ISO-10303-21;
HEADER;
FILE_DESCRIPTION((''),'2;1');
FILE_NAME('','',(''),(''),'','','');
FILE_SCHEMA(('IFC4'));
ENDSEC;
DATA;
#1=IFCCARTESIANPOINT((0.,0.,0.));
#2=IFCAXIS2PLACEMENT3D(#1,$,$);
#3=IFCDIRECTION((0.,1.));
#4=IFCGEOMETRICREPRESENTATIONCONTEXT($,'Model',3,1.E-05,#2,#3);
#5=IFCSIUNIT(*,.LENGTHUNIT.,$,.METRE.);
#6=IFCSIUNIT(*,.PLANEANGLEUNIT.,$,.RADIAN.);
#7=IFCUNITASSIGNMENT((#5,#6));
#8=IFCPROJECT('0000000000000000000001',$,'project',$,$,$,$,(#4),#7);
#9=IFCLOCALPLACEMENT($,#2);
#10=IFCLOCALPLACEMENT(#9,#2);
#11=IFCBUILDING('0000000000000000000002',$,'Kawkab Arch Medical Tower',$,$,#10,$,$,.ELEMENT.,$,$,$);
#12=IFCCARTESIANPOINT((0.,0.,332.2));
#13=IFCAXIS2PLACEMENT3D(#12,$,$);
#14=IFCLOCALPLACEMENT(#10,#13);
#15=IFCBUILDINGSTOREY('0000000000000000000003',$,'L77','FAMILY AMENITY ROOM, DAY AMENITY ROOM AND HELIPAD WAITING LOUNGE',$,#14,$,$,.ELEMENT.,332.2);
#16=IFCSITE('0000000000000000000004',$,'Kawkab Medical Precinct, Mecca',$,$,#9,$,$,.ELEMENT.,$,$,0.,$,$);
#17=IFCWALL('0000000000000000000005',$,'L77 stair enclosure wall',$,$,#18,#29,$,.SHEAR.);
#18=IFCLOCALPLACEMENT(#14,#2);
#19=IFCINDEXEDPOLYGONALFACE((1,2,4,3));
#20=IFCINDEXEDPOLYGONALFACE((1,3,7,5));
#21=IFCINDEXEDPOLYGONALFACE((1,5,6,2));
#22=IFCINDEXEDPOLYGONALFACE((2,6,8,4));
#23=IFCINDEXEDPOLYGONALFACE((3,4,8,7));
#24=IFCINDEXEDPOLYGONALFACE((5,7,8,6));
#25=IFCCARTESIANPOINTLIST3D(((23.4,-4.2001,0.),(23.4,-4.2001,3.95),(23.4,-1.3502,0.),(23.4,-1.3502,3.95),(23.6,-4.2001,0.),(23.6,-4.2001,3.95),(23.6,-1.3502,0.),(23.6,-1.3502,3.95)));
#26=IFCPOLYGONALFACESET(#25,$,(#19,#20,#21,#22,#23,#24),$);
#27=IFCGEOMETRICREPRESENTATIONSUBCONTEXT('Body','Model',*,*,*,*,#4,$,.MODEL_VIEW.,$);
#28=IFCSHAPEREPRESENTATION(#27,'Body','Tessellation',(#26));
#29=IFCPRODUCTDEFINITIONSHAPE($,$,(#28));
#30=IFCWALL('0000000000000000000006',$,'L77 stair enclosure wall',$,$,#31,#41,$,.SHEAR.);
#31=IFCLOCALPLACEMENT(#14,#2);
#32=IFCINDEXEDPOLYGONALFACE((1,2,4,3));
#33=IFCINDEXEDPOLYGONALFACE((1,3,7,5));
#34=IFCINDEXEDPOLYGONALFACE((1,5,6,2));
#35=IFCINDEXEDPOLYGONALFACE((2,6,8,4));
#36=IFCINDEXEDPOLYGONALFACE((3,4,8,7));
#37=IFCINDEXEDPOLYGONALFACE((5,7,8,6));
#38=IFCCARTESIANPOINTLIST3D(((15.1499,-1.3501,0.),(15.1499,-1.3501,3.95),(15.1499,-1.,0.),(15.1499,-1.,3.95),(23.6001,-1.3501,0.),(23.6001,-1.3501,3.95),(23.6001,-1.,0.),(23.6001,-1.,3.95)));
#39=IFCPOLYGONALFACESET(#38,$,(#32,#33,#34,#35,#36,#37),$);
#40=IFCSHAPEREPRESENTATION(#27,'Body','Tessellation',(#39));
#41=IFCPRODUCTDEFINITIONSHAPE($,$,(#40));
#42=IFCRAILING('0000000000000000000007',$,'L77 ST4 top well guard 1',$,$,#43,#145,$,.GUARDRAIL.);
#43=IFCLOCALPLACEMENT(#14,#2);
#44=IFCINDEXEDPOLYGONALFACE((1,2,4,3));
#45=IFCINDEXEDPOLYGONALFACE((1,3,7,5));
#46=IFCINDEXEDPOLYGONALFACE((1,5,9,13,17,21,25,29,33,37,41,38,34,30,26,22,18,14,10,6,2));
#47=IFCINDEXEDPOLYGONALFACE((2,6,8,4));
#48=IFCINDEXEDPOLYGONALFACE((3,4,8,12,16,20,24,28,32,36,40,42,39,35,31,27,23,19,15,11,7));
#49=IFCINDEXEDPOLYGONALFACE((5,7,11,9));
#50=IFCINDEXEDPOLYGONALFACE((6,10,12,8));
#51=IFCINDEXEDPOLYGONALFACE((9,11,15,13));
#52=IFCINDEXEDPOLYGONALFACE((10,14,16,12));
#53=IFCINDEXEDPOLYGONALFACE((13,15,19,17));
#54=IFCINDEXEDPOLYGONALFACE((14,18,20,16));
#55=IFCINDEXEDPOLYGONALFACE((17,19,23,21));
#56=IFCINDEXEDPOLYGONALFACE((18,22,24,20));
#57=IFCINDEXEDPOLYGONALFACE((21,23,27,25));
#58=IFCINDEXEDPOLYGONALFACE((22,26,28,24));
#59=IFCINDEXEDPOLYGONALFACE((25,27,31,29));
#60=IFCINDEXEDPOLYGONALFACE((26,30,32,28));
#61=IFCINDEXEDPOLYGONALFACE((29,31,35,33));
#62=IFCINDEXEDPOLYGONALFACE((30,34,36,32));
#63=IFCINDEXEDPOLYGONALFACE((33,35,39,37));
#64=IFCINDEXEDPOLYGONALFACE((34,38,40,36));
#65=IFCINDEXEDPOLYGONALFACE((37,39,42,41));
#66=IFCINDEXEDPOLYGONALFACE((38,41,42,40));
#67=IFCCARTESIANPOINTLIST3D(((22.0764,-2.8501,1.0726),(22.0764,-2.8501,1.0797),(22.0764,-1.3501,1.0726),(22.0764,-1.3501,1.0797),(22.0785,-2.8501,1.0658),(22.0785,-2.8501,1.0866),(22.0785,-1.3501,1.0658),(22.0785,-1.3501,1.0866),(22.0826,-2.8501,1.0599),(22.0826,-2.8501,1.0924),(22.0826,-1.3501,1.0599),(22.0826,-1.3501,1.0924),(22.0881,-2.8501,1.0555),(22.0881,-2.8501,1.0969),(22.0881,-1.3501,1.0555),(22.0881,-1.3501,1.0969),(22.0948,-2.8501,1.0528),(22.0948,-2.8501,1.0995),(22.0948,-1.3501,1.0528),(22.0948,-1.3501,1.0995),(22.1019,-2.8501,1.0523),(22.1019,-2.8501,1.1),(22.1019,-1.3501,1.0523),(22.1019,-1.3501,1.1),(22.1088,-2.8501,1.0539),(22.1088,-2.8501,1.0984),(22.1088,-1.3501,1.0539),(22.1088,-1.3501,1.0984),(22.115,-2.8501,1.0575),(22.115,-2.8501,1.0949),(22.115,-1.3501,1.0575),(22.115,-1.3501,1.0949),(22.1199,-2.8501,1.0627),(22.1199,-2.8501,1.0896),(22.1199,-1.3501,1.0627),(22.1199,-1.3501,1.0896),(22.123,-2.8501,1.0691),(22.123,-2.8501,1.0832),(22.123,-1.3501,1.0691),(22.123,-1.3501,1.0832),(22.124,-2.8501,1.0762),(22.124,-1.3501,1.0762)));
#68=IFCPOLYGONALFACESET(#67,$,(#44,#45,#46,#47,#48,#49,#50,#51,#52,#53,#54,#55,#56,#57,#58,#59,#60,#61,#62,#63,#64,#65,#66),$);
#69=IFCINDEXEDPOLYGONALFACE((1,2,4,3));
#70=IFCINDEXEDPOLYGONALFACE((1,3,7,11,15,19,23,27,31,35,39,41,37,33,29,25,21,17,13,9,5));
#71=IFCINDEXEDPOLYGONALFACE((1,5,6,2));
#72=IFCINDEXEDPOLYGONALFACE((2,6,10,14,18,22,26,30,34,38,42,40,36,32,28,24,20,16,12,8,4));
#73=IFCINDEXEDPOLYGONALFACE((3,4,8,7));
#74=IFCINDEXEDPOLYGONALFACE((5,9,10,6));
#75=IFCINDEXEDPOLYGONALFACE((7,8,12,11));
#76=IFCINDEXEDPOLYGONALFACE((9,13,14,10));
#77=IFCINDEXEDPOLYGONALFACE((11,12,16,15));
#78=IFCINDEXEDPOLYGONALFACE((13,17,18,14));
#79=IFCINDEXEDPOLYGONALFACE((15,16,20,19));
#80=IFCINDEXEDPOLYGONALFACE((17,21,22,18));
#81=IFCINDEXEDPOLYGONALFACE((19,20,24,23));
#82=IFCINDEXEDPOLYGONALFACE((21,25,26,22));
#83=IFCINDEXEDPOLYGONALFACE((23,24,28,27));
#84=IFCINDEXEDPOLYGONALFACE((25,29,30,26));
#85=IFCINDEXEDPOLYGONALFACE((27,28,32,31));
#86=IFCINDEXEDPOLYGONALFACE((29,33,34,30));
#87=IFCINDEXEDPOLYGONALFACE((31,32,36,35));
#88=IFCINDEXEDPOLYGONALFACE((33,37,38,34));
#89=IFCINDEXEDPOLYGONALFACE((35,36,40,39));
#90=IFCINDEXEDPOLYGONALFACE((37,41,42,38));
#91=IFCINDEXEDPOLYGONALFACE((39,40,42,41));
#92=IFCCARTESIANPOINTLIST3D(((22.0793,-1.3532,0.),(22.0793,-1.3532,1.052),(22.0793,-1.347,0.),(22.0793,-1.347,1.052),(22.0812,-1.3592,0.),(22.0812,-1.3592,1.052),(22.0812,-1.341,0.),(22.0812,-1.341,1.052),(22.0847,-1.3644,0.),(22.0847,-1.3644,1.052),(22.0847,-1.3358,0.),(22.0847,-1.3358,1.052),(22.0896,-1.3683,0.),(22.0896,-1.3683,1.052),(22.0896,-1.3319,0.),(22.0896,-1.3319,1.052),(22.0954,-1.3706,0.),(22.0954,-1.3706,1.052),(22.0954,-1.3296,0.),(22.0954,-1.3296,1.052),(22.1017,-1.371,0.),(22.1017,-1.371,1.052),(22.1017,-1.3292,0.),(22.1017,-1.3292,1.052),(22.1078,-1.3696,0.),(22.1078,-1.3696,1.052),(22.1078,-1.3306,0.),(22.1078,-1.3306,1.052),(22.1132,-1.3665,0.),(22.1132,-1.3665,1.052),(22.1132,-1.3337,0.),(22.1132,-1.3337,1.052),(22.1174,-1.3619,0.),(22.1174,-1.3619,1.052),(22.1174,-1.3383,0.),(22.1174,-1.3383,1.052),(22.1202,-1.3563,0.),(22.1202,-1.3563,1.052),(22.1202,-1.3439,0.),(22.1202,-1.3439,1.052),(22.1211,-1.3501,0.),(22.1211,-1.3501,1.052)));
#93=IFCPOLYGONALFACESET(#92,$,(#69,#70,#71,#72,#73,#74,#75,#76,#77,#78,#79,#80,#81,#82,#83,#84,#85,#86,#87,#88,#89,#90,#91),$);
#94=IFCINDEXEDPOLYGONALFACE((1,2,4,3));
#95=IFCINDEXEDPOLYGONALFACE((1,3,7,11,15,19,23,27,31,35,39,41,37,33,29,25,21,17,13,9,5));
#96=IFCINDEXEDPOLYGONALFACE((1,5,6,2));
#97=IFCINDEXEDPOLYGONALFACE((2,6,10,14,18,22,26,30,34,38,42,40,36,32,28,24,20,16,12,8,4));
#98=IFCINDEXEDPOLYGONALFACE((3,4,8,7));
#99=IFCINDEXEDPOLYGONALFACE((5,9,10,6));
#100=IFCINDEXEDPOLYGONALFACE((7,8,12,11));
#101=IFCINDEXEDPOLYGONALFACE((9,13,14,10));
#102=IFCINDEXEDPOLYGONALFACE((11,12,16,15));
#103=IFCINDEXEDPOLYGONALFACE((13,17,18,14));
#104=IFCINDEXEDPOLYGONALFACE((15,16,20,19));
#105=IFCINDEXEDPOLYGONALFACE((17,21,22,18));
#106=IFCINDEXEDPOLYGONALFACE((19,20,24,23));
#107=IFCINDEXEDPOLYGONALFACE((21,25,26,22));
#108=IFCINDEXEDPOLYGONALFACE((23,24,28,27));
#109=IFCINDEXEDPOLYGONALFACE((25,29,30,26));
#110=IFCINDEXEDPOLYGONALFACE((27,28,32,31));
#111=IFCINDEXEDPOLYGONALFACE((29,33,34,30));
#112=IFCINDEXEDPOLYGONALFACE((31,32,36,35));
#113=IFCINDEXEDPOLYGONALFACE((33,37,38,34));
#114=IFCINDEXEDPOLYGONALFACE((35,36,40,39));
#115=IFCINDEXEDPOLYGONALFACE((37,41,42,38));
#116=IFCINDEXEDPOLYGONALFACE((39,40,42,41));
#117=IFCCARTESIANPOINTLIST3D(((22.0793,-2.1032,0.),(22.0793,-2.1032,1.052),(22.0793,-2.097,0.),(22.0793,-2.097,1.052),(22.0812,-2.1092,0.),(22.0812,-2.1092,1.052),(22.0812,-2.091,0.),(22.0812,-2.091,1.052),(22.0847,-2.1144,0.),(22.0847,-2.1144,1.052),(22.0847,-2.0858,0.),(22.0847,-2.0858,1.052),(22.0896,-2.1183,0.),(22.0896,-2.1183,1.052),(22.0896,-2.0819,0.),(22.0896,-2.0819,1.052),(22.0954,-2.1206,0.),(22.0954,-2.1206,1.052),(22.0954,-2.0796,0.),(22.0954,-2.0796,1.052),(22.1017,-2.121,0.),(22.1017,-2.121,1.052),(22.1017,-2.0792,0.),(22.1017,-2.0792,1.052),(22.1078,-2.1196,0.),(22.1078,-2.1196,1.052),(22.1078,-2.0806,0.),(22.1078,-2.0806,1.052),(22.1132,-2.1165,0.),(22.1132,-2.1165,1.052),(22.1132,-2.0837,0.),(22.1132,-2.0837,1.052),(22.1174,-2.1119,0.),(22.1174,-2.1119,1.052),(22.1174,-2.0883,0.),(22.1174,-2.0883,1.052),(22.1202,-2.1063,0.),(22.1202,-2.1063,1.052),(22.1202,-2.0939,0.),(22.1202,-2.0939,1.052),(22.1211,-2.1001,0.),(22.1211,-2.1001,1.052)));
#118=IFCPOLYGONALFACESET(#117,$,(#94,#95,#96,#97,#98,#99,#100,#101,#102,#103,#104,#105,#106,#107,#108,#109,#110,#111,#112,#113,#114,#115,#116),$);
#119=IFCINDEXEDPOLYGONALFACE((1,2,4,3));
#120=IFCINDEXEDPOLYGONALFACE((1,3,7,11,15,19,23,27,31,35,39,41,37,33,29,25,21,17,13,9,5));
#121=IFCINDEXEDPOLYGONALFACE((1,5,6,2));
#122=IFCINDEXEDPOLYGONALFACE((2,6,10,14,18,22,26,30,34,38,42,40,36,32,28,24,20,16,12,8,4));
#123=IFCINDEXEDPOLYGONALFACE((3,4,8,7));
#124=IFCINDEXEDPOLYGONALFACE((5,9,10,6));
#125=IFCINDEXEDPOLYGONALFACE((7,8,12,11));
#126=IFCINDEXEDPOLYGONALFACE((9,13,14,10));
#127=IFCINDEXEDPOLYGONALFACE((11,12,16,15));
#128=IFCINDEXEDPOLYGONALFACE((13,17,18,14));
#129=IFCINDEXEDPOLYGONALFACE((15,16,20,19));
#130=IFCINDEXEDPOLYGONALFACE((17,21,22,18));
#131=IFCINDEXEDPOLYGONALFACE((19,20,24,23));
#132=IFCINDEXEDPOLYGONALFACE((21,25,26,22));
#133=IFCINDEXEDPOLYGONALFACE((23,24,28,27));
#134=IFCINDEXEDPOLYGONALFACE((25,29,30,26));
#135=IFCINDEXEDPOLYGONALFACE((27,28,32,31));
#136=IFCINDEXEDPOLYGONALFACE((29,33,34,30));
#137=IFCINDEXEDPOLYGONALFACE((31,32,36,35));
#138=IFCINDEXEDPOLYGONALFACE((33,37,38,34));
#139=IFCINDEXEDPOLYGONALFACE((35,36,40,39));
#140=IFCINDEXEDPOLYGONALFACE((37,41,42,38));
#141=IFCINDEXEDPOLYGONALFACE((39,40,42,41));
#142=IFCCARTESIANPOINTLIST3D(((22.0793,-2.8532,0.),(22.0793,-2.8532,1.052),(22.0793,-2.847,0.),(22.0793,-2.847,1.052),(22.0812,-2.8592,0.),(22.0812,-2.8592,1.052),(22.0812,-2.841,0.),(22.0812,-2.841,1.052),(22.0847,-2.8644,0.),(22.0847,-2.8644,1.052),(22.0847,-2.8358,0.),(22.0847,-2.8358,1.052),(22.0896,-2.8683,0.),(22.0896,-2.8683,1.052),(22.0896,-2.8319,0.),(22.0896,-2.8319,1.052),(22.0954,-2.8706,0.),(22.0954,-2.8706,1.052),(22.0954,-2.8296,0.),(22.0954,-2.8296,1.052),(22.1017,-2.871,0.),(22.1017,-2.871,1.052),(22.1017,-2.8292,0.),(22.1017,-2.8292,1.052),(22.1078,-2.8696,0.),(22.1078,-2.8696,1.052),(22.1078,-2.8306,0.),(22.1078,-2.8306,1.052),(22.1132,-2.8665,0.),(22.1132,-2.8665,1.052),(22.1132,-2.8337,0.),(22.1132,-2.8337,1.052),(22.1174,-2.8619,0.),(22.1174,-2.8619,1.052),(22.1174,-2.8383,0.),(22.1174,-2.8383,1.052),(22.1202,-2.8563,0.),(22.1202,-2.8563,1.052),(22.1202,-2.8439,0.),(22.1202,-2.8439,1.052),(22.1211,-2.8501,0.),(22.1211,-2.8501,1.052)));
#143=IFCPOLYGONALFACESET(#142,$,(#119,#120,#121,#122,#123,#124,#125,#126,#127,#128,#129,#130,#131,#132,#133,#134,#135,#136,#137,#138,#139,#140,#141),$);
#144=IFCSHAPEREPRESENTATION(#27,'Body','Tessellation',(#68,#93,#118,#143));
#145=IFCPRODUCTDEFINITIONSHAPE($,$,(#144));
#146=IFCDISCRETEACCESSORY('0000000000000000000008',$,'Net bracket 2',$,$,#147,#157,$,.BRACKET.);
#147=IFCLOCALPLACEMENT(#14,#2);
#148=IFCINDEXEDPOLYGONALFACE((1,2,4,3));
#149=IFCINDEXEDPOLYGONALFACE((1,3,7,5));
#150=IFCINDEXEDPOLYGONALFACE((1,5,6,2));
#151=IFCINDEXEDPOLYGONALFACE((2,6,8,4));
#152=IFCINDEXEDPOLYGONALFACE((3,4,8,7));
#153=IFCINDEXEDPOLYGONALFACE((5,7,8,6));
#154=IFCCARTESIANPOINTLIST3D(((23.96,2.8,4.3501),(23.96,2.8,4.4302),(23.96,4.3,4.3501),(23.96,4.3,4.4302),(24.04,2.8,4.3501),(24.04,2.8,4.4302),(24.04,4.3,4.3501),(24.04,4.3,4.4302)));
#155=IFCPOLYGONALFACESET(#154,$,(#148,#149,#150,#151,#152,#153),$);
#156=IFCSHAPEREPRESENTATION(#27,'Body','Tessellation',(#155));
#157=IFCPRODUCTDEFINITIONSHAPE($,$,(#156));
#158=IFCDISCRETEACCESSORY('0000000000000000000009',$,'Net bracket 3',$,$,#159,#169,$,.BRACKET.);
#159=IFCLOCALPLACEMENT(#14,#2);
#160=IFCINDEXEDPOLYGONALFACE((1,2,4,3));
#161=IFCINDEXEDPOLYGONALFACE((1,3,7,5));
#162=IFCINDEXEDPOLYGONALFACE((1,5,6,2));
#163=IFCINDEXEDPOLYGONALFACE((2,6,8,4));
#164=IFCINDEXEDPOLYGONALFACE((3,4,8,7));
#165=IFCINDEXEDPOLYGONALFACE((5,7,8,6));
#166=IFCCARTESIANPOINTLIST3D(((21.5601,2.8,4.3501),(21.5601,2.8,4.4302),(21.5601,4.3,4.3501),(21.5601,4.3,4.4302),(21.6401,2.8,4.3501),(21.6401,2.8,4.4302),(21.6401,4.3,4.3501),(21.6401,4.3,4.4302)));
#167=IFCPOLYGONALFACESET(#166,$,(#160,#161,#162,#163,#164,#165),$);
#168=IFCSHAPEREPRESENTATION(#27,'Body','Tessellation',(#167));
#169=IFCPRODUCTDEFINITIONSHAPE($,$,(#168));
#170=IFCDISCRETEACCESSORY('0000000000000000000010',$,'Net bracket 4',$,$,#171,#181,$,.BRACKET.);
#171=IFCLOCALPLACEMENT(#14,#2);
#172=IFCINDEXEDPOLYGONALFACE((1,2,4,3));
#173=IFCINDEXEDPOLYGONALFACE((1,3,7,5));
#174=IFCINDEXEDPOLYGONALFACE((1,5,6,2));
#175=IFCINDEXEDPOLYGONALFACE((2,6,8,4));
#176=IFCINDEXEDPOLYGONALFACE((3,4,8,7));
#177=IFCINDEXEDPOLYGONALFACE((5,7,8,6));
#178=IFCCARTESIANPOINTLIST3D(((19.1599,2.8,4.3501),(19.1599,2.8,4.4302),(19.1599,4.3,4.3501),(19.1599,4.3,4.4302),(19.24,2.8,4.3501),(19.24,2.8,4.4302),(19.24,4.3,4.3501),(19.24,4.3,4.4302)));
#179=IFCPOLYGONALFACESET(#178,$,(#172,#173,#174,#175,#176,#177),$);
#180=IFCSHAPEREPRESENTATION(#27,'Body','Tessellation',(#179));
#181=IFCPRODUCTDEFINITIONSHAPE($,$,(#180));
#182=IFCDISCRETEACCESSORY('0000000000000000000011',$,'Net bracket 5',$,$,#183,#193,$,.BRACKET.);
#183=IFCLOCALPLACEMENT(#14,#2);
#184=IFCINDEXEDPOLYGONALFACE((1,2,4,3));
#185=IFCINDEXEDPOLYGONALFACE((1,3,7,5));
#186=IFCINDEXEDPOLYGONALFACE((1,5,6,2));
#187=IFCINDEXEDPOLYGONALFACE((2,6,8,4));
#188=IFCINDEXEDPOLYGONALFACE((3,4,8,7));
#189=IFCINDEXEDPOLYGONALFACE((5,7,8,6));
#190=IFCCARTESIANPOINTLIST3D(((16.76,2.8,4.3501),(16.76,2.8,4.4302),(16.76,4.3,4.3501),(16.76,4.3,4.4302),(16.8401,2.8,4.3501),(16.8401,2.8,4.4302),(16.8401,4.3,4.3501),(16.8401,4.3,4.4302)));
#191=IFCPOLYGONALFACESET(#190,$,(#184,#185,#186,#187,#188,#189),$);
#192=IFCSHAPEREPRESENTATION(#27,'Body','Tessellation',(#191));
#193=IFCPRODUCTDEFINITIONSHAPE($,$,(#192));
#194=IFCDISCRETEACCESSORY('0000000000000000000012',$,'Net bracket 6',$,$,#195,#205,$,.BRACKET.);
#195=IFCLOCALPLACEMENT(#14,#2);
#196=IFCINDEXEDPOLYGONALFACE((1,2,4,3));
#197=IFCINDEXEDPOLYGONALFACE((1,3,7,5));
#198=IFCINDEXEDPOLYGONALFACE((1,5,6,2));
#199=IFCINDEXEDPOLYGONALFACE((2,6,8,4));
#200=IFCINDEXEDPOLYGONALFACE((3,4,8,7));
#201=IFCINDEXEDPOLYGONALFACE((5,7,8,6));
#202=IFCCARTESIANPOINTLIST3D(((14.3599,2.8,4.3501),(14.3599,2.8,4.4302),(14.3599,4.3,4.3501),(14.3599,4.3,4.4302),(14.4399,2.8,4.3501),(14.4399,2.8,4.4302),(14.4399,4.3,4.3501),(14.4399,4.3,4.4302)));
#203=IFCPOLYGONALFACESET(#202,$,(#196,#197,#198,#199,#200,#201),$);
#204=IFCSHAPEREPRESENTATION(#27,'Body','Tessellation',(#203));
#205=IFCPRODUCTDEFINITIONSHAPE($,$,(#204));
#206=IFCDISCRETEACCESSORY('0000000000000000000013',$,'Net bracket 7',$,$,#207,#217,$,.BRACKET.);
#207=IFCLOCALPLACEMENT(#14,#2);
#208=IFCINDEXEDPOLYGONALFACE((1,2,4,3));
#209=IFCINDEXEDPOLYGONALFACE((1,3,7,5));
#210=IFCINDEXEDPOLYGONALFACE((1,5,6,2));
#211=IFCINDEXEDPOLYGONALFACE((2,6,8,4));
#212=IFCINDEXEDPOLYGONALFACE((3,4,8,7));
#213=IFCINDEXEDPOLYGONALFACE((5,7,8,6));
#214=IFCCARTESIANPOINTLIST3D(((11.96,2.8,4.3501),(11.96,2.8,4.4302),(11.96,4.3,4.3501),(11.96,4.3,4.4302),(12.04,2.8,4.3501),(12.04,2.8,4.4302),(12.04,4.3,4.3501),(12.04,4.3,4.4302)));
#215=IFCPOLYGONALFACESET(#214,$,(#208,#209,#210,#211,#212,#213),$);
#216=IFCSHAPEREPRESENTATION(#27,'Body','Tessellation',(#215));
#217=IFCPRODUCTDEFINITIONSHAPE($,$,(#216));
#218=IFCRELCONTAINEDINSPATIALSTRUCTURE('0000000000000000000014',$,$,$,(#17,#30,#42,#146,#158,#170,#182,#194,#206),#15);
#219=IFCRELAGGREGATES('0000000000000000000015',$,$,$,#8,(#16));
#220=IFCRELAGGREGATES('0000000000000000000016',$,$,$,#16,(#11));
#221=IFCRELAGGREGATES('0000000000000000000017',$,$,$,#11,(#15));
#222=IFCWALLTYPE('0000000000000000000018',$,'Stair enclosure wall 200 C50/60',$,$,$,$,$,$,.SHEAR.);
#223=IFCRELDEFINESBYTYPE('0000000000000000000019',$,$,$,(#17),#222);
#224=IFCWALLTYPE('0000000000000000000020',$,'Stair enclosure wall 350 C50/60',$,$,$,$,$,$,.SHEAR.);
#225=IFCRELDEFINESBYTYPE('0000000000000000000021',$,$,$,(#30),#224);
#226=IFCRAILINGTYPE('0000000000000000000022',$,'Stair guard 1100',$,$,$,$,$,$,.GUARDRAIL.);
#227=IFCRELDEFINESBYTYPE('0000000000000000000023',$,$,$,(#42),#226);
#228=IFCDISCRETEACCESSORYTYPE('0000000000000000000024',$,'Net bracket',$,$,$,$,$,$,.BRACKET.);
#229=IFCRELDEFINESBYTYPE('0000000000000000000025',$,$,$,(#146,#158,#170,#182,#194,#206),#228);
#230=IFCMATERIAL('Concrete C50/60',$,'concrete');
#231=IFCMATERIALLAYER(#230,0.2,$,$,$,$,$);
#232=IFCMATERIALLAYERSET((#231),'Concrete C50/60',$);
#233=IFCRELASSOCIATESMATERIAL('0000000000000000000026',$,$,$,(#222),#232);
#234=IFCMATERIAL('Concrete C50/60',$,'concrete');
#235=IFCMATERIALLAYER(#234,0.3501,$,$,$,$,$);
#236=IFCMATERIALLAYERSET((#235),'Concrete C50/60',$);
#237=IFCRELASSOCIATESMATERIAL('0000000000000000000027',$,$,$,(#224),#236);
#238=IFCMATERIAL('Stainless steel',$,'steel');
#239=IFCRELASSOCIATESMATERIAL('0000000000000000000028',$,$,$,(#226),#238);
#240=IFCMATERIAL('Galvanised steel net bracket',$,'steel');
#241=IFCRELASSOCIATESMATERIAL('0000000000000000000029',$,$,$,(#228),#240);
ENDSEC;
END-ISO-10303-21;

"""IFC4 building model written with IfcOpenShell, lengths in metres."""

from ifc_helpers import new_model, si_unit, direction, frame, frame_2d, origin, origin_2d, place, context, subcontext, project, spatial, rectangle, circle, extrude, material, layer, layer_set, type_object, element, save


model = new_model("IFC4")

# Units and contexts
model_context = context("Model", 3, precision=1e-05, world=origin(), true_north=direction((0.0, 1.0)))
body_context = subcontext(model_context, "Body", "Model", "MODEL_VIEW")
ifc_project = project(units=[si_unit("LENGTHUNIT", "METRE"), si_unit("PLANEANGLEUNIT", "RADIAN")], contexts=[model_context])

# Site, building, storey
site_placement = place(None, origin())
site = spatial("IfcSite", under=ifc_project, at=site_placement, Name="Kawkab Medical Precinct, Mecca", CompositionType="ELEMENT", RefElevation=0.0)
building_placement = place(site_placement, origin())
building = spatial("IfcBuilding", under=site, at=building_placement, Name="Kawkab Arch Medical Tower", CompositionType="ELEMENT")
storey_placement = place(building_placement, frame((0.0, 0.0, 332.2)))
storey = spatial("IfcBuildingStorey", under=building, at=storey_placement, Name="L77", Description="FAMILY AMENITY ROOM, DAY AMENITY ROOM AND HELIPAD WAITING LOUNGE", CompositionType="ELEMENT", Elevation=332.2)

# Walls
ifc_material_1 = material(Name="Concrete C50/60", Category="concrete")
ifc_layer_1 = layer(ifc_material_1, 0.2)
ifc_layer_set_1 = layer_set([ifc_layer_1], Name="Concrete C50/60")
wall_type_1 = type_object("IfcWallType", Name="Stair enclosure wall 200 C50/60", PredefinedType="SHEAR", material=ifc_layer_set_1)
for number, where, z_axis, x_axis, name in (
    (1, (23.5, -4.2, 0.0), (0.0, 0.0, 1.0), (0.0, 1.0, 0.0), "L77 stair enclosure wall"),
):
    element("IfcWall", number, at=place(storey_placement, frame(where, z_axis=z_axis, x_axis=x_axis)), inside=storey, type_object=wall_type_1, Name=name, PredefinedType="SHEAR", context=body_context, shape_type="SweptSolid", body=[
        extrude(rectangle(XDim=2.8499, YDim=0.2, at=frame_2d((1.4248, 0.0))), origin(), (0.0, 0.0, 1.0), 3.95),
    ])
ifc_material_2 = material(Name="Concrete C50/60", Category="concrete")
ifc_layer_2 = layer(ifc_material_2, 0.3501)
ifc_layer_set_2 = layer_set([ifc_layer_2], Name="Concrete C50/60")
wall_type_2 = type_object("IfcWallType", Name="Stair enclosure wall 350 C50/60", PredefinedType="SHEAR", material=ifc_layer_set_2)
wall_1_placement = place(storey_placement, frame((15.1499, -1.175, 0.0), z_axis=(0.0, 0.0, 1.0), x_axis=(1.0, 0.0, 0.0)))
element("IfcWall", 2, at=wall_1_placement, inside=storey, type_object=wall_type_2, Name="L77 stair enclosure wall", PredefinedType="SHEAR", context=body_context, shape_type="SweptSolid", body=[
    extrude(rectangle(XDim=8.4502, YDim=0.3501, at=frame_2d((4.2251, 0.0))), origin(), (0.0, 0.0, 1.0), 3.95),
])

# Railing
ifc_material_3 = material(Name="Stainless steel", Category="steel")
railing_type = type_object("IfcRailingType", Name="Stair guard 1100", PredefinedType="GUARDRAIL", material=ifc_material_3)
railing_placement = place(storey_placement, frame((22.1001, -1.3501, 0.0)))
element("IfcRailing", 3, at=railing_placement, inside=storey, type_object=railing_type, Name="L77 ST4 top well guard 1", PredefinedType="GUARDRAIL", context=body_context, shape_type="SweptSolid", body=[
    extrude(circle(Radius=0.0239, at=origin_2d()), frame((0.0, 0.0, 1.0762), z_axis=(0.0, -1.0, 0.0), x_axis=(1.0, 0.0, 0.0)), (0.0, 0.0, 1.0), 1.5),
    extrude(circle(Radius=0.021, at=origin_2d()), origin(), (0.0, 0.0, 1.0), 1.052),
    extrude(circle(Radius=0.021, at=origin_2d()), frame((0.0, -0.75, 0.0)), (0.0, 0.0, 1.0), 1.052),
    extrude(circle(Radius=0.021, at=origin_2d()), frame((0.0, -1.5, 0.0)), (0.0, 0.0, 1.0), 1.052),
])

# Discrete accessories
ifc_material_4 = material(Name="Galvanised steel net bracket", Category="steel")
discrete_accessory_type = type_object("IfcDiscreteAccessoryType", Name="Net bracket", PredefinedType="BRACKET", material=ifc_material_4)
for number, where, z_axis, x_axis, name in (
    (4, (24.0, 3.55, 4.3501), (0.0, 0.0, 1.0), (0.0, 1.0, 0.0), "Net bracket 2"),
    (5, (21.6001, 3.55, 4.3501), (0.0, 0.0, 1.0), (0.0, 1.0, 0.0), "Net bracket 3"),
    (6, (19.2, 3.55, 4.3501), (0.0, 0.0, 1.0), (0.0, 1.0, 0.0), "Net bracket 4"),
    (7, (16.8, 3.55, 4.3501), (0.0, 0.0, 1.0), (0.0, 1.0, 0.0), "Net bracket 5"),
    (8, (14.3999, 3.55, 4.3501), (0.0, 0.0, 1.0), (0.0, 1.0, 0.0), "Net bracket 6"),
    (9, (12.0, 3.55, 4.3501), (0.0, 0.0, 1.0), (0.0, 1.0, 0.0), "Net bracket 7"),
):
    element("IfcDiscreteAccessory", number, at=place(storey_placement, frame(where, z_axis=z_axis, x_axis=x_axis)), inside=storey, type_object=discrete_accessory_type, Name=name, PredefinedType="BRACKET", context=body_context, shape_type="SweptSolid", body=[
        extrude(rectangle(XDim=1.5, YDim=0.0801, at=origin_2d()), origin(), (0.0, 0.0, 1.0), 0.0801),
    ])

save(model, "model.ifc")
